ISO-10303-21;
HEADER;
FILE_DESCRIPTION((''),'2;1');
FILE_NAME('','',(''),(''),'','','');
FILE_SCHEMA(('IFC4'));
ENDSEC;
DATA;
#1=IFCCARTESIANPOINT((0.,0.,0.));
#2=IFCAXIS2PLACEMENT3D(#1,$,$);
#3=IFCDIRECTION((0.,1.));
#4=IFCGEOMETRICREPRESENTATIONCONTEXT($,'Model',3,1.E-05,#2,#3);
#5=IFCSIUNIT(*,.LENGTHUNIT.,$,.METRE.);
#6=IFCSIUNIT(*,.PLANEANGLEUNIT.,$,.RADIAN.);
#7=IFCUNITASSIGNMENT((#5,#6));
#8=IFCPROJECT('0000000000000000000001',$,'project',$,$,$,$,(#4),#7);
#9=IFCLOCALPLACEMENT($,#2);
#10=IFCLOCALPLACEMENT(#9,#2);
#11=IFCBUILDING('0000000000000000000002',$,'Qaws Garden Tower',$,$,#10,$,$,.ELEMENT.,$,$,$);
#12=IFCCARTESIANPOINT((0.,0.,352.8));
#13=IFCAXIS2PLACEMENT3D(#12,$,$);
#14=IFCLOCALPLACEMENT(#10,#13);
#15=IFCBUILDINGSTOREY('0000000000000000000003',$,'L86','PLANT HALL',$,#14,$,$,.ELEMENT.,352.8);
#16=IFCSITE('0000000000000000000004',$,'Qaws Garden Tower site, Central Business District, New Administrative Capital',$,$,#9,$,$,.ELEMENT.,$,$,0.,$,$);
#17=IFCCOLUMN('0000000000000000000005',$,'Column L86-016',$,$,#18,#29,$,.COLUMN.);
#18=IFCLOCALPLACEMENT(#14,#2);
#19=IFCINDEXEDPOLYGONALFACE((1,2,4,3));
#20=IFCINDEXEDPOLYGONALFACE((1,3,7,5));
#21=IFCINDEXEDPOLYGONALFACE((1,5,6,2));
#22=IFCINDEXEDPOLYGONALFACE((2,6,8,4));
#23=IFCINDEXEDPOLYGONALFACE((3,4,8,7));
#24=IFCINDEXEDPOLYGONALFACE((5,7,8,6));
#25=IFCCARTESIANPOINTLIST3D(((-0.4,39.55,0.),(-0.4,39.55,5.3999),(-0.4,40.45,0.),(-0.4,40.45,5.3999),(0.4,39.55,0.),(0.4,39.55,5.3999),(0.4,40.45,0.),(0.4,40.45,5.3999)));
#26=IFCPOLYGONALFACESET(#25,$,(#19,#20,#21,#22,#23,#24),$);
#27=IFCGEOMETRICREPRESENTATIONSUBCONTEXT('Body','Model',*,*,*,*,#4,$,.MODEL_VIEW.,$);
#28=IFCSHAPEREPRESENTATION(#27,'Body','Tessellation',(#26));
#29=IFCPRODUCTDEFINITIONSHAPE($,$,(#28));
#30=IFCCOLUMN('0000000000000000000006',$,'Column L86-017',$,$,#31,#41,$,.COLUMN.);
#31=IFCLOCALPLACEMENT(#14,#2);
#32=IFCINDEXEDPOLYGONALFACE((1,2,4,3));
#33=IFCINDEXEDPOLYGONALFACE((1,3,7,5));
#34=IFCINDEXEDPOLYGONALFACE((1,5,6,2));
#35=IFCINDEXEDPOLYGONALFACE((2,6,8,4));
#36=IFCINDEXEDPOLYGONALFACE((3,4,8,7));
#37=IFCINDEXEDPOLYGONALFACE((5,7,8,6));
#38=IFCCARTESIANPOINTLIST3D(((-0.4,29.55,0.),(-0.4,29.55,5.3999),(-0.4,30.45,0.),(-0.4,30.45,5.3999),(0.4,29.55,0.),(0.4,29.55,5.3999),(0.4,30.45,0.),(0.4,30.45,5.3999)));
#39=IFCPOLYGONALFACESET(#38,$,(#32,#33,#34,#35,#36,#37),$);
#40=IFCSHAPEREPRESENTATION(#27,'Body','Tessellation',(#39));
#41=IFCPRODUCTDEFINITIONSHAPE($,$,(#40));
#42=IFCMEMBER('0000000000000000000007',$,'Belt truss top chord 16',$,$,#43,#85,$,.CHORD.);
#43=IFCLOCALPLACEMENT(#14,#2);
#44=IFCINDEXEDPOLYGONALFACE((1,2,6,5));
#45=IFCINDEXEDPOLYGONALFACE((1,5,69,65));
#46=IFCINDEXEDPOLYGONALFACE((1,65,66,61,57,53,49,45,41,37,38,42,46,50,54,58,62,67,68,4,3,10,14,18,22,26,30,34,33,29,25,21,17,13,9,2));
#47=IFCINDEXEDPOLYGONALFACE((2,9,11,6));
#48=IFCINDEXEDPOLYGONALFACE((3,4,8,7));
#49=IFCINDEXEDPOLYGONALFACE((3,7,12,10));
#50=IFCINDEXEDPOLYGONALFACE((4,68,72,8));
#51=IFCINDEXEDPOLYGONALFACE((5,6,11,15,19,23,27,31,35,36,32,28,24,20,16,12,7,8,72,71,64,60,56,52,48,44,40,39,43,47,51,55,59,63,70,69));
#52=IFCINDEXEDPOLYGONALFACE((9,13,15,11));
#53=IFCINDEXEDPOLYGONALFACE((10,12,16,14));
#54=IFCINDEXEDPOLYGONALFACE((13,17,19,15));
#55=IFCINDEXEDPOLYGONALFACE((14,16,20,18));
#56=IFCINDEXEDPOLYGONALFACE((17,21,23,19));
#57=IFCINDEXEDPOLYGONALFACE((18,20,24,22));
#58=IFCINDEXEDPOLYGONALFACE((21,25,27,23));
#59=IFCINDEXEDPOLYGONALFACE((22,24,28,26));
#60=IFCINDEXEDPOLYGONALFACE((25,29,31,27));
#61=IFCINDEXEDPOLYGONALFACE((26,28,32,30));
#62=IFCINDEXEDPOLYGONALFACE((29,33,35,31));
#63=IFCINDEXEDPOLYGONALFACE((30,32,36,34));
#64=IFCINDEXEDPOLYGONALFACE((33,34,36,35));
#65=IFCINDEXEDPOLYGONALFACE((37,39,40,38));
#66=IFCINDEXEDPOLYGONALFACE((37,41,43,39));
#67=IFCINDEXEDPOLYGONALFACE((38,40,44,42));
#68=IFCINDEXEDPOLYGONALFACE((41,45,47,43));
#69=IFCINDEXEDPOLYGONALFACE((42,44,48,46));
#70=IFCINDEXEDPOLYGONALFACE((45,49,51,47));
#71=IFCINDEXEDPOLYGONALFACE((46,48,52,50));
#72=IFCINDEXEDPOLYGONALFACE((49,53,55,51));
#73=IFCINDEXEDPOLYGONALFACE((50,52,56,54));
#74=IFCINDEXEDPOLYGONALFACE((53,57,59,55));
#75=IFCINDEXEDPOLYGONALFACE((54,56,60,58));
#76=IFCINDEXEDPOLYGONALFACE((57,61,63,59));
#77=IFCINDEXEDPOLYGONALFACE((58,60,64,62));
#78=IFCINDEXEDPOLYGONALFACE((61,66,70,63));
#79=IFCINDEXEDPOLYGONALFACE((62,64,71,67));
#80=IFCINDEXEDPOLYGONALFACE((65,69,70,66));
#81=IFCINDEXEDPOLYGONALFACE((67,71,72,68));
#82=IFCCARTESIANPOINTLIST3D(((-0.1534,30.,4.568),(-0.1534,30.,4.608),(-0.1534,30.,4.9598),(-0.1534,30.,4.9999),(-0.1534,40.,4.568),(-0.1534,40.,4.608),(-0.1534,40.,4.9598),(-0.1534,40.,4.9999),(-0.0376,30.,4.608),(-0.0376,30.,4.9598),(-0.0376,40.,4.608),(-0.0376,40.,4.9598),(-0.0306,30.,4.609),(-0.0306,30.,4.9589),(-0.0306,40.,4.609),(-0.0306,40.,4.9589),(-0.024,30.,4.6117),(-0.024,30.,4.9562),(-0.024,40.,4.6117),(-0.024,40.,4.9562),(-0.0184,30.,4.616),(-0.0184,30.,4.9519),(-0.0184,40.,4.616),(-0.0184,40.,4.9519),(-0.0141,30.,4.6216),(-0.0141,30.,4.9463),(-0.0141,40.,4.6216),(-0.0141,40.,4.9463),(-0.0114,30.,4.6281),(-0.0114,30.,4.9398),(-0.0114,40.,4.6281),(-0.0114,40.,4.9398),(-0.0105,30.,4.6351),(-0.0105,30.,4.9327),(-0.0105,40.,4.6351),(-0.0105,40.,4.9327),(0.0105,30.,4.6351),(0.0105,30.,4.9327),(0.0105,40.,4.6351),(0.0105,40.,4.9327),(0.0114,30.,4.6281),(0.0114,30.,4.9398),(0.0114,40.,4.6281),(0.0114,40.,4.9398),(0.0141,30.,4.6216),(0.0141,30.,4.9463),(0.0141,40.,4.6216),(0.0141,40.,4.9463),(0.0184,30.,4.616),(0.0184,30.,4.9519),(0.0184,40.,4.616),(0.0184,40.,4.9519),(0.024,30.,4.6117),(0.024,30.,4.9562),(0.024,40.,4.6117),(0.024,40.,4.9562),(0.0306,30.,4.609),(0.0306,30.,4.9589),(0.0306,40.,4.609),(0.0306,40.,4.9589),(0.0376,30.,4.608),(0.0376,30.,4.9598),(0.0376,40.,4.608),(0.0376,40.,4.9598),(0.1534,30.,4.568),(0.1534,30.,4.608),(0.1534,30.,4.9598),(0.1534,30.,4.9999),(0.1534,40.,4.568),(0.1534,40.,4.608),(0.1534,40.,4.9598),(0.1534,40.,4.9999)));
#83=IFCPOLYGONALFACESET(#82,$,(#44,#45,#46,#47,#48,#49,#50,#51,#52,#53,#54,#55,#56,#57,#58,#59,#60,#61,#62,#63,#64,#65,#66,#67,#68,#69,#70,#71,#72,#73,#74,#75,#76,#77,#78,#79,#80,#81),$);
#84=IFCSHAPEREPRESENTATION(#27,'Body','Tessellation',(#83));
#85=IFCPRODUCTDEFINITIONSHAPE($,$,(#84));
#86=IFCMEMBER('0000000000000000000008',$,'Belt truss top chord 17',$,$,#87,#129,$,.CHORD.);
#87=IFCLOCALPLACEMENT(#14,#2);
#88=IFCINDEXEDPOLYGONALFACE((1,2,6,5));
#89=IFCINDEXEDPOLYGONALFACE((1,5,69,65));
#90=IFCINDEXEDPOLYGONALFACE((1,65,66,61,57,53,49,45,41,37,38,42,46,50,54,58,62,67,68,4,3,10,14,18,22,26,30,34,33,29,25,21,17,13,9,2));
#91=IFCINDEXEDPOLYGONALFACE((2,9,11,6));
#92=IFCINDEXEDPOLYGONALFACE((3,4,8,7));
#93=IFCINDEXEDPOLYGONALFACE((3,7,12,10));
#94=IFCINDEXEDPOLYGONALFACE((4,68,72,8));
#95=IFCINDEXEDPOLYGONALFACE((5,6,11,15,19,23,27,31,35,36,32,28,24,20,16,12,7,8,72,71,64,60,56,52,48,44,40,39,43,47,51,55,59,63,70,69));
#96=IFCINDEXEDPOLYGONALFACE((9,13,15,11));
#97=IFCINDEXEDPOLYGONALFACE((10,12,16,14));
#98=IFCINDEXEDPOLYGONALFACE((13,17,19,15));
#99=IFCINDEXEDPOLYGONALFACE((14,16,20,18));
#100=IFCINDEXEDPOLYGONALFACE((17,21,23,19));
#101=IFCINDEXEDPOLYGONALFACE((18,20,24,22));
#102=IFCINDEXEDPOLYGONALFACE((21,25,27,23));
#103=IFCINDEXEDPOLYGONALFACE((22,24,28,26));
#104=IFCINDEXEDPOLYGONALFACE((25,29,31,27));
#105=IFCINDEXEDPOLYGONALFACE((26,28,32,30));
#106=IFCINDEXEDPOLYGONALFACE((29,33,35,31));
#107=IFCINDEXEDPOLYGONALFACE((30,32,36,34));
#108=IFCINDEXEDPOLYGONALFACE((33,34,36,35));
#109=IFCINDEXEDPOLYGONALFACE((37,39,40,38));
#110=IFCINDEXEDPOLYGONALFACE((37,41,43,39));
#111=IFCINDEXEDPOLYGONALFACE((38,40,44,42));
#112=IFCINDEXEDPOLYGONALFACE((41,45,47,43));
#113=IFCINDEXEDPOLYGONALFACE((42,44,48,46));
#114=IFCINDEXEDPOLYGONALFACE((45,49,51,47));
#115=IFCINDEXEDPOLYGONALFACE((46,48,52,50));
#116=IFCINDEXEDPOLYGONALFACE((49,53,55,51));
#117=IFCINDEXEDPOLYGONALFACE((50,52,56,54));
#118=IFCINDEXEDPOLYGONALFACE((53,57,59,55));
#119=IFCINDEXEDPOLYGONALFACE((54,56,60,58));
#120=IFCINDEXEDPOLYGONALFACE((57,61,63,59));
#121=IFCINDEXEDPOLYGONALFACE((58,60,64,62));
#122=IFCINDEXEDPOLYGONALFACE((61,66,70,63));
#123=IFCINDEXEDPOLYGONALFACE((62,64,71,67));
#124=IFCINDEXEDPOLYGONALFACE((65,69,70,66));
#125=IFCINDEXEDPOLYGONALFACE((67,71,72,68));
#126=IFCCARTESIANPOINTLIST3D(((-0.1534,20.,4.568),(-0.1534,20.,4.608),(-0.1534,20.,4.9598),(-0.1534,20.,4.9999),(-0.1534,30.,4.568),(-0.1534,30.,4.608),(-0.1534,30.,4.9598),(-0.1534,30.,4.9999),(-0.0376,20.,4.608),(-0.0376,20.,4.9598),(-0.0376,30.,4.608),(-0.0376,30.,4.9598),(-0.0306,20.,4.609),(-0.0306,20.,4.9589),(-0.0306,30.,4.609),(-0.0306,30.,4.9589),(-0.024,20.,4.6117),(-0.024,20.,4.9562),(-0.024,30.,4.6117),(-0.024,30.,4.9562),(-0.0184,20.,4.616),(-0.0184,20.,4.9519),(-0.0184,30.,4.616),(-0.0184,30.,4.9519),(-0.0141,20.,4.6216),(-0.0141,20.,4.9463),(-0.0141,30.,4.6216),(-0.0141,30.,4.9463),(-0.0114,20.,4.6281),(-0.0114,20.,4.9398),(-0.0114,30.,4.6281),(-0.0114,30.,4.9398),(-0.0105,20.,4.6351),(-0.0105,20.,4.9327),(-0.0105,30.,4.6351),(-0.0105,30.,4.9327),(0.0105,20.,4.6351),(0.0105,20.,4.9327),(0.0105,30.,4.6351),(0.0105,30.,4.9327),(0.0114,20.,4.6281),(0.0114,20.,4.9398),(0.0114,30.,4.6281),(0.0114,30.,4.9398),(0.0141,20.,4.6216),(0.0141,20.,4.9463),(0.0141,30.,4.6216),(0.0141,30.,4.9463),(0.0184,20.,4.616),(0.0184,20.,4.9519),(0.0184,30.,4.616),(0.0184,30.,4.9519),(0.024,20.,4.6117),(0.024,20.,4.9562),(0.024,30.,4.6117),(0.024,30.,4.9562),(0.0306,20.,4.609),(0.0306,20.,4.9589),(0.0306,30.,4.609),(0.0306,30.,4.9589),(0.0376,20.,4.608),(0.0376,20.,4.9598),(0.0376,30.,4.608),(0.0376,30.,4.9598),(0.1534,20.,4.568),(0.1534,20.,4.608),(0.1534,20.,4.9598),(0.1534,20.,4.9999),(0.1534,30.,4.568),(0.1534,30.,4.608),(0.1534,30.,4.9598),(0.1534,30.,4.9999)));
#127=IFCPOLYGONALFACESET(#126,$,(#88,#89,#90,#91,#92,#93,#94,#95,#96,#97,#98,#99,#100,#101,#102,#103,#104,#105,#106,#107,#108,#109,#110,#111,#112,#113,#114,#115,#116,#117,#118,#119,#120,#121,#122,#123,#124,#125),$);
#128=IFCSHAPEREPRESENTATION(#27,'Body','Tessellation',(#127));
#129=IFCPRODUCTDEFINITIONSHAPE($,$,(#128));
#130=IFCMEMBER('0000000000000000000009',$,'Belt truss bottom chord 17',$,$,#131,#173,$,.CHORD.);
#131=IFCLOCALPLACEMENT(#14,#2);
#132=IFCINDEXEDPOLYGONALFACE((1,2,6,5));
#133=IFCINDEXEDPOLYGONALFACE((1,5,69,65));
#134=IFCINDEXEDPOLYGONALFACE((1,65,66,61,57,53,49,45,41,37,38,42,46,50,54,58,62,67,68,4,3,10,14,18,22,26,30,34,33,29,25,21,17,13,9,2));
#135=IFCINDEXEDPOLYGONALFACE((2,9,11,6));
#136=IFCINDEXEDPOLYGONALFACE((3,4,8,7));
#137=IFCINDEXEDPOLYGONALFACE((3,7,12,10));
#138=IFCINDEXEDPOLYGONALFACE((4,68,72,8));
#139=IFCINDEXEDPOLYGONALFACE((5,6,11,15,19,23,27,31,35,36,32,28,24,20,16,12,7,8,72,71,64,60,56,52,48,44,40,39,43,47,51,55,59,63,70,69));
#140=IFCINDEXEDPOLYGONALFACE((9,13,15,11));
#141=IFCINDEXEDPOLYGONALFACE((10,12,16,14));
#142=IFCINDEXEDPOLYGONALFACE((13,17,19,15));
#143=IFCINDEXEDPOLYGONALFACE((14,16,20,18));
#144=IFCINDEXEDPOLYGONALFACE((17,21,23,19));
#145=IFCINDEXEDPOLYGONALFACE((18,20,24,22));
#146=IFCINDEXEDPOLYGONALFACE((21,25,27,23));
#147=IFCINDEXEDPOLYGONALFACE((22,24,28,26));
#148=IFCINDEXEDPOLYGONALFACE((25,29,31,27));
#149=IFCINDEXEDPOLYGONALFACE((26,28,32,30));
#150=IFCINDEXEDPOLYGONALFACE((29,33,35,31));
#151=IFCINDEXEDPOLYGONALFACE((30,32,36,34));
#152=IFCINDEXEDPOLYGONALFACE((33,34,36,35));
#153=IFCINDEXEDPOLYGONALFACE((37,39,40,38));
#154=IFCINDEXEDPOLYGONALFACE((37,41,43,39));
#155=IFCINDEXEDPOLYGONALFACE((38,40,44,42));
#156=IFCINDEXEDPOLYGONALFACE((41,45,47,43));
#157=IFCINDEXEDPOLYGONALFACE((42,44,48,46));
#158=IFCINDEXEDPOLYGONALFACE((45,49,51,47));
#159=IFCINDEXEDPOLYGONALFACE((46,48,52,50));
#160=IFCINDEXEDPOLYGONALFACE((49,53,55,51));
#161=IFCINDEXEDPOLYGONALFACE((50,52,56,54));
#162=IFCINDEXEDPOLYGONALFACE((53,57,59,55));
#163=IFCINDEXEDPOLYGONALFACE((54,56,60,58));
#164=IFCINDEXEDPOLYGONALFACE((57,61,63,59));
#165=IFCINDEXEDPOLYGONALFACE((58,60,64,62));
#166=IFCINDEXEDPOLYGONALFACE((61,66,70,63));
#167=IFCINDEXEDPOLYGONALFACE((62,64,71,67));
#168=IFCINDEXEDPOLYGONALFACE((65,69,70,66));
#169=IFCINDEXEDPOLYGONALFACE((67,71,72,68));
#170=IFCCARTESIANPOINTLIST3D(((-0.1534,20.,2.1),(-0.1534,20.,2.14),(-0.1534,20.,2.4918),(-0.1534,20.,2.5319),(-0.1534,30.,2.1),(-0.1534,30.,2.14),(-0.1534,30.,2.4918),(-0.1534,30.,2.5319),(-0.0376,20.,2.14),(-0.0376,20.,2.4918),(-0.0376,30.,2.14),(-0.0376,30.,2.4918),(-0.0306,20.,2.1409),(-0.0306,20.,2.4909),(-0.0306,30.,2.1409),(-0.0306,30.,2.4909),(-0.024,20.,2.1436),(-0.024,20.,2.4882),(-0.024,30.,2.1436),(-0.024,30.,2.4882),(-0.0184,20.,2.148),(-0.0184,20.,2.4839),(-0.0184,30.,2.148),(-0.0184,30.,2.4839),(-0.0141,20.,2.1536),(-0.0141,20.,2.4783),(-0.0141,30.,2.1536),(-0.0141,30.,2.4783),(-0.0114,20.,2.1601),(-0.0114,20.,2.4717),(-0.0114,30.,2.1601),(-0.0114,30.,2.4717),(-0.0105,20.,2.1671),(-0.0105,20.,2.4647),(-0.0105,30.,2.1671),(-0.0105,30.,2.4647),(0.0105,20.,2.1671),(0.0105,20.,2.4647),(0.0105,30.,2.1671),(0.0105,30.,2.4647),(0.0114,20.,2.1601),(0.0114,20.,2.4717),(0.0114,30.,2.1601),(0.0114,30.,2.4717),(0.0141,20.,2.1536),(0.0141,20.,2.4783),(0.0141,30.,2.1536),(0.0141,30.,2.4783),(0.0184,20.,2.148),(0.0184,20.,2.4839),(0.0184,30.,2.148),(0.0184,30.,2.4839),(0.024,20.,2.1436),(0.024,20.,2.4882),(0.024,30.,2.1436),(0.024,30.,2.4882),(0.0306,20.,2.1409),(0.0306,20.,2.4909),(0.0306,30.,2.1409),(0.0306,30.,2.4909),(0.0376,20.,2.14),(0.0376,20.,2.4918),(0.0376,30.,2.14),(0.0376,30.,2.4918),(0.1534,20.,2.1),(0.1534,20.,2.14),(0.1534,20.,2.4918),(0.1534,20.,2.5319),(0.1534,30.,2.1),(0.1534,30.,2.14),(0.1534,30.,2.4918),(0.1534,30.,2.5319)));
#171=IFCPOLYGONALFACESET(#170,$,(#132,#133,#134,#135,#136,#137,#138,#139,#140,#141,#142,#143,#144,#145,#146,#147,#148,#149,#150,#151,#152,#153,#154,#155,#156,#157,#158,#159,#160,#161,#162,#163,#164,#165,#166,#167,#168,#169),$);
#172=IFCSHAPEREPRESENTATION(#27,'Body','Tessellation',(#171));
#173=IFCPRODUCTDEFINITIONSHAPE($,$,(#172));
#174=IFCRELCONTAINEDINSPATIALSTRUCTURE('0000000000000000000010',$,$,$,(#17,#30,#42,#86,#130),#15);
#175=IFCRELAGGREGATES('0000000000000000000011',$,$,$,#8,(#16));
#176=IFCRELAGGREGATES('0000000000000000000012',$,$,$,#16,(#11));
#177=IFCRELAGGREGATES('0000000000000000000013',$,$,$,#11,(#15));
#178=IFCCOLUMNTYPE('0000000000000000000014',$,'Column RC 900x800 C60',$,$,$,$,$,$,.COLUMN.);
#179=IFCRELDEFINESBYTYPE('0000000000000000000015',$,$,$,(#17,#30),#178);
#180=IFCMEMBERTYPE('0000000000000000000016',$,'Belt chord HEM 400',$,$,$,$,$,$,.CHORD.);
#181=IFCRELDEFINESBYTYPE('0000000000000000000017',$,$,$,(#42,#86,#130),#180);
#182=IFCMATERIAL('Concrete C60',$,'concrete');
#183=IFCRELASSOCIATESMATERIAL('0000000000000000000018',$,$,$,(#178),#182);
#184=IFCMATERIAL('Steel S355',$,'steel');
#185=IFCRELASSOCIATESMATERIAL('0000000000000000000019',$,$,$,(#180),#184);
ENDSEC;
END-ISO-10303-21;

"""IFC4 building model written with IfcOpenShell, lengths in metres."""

from ifc_helpers import new_model, si_unit, direction, frame, origin, origin_2d, place, context, subcontext, project, spatial, rectangle, i_section, extrude, material, material_profile, profile_set, type_object, element, save


model = new_model("IFC4")

# Units and contexts
model_context = context("Model", 3, precision=1e-05, world=origin(), true_north=direction((0.0, 1.0)))
body_context = subcontext(model_context, "Body", "Model", "MODEL_VIEW")
ifc_project = project(units=[si_unit("LENGTHUNIT", "METRE"), si_unit("PLANEANGLEUNIT", "RADIAN")], contexts=[model_context])

# Site, building, storey
site_placement = place(None, origin())
site = spatial("IfcSite", under=ifc_project, at=site_placement, Name="Qaws Garden Tower site, Central Business District, New Administrative Capital", CompositionType="ELEMENT", RefElevation=0.0)
building_placement = place(site_placement, origin())
building = spatial("IfcBuilding", under=site, at=building_placement, Name="Qaws Garden Tower", CompositionType="ELEMENT")
storey_placement = place(building_placement, frame((0.0, 0.0, 352.8)))
storey = spatial("IfcBuildingStorey", under=building, at=storey_placement, Name="L86", Description="PLANT HALL", CompositionType="ELEMENT", Elevation=352.8)

# Columns
ifc_material_1 = material(Name="Concrete C60", Category="concrete")
ifc_material_profile_1 = material_profile(ifc_material_1, rectangle(XDim=0.8999, YDim=0.8, at=origin_2d()), Name="RC 900x800")
ifc_profile_set_1 = profile_set([ifc_material_profile_1], Name="Concrete C60")
column_type = type_object("IfcColumnType", Name="Column RC 900x800 C60", PredefinedType="COLUMN", material=ifc_profile_set_1)
for number, where, z_axis, x_axis, name in (
    (1, (0.0, 40.0, 0.0), (0.0, 0.0, 1.0), (0.0, 1.0, 0.0), "Column L86-016"),
    (2, (0.0, 30.0, 0.0), (0.0, 0.0, 1.0), (0.0, 1.0, 0.0), "Column L86-017"),
):
    element("IfcColumn", number, at=place(storey_placement, frame(where, z_axis=z_axis, x_axis=x_axis)), inside=storey, type_object=column_type, Name=name, PredefinedType="COLUMN", context=body_context, shape_type="SweptSolid", body=[
        extrude(rectangle(XDim=0.8999, YDim=0.8, at=origin_2d()), origin(), (0.0, 0.0, 1.0), 5.3999),
    ])

# Members
ifc_material_2 = material(Name="Steel S355", Category="steel")
ifc_material_profile_2 = material_profile(ifc_material_2, i_section(OverallWidth=0.3069, OverallDepth=0.4319, WebThickness=0.021, FlangeThickness=0.04, FilletRadius=0.0271, at=origin_2d()), Name="HEM 400")
ifc_profile_set_2 = profile_set([ifc_material_profile_2], Name="Steel S355")
member_type_1 = type_object("IfcMemberType", Name="Belt chord HEM 400", PredefinedType="CHORD", material=ifc_profile_set_2)
for number, where, z_axis, x_axis, name in (
    (3, (0.0, 40.0, 4.7839), (0.0, -1.0, 0.0), (1.0, 0.0, 0.0), "Belt truss top chord 16"),
    (4, (0.0, 30.0, 4.7839), (0.0, -1.0, 0.0), (1.0, 0.0, 0.0), "Belt truss top chord 17"),
    (5, (0.0, 30.0, 2.3159), (0.0, -1.0, 0.0), (1.0, 0.0, 0.0), "Belt truss bottom chord 17"),
):
    element("IfcMember", number, at=place(storey_placement, frame(where, z_axis=z_axis, x_axis=x_axis)), inside=storey, type_object=member_type_1, Name=name, PredefinedType="CHORD", context=body_context, shape_type="SweptSolid", body=[
        extrude(i_section(OverallWidth=0.3069, OverallDepth=0.4319, WebThickness=0.021, FlangeThickness=0.04, FilletRadius=0.0271, at=origin_2d()), origin(), (0.0, 0.0, 1.0), 10.0),
    ])

save(model, "model.ifc")
